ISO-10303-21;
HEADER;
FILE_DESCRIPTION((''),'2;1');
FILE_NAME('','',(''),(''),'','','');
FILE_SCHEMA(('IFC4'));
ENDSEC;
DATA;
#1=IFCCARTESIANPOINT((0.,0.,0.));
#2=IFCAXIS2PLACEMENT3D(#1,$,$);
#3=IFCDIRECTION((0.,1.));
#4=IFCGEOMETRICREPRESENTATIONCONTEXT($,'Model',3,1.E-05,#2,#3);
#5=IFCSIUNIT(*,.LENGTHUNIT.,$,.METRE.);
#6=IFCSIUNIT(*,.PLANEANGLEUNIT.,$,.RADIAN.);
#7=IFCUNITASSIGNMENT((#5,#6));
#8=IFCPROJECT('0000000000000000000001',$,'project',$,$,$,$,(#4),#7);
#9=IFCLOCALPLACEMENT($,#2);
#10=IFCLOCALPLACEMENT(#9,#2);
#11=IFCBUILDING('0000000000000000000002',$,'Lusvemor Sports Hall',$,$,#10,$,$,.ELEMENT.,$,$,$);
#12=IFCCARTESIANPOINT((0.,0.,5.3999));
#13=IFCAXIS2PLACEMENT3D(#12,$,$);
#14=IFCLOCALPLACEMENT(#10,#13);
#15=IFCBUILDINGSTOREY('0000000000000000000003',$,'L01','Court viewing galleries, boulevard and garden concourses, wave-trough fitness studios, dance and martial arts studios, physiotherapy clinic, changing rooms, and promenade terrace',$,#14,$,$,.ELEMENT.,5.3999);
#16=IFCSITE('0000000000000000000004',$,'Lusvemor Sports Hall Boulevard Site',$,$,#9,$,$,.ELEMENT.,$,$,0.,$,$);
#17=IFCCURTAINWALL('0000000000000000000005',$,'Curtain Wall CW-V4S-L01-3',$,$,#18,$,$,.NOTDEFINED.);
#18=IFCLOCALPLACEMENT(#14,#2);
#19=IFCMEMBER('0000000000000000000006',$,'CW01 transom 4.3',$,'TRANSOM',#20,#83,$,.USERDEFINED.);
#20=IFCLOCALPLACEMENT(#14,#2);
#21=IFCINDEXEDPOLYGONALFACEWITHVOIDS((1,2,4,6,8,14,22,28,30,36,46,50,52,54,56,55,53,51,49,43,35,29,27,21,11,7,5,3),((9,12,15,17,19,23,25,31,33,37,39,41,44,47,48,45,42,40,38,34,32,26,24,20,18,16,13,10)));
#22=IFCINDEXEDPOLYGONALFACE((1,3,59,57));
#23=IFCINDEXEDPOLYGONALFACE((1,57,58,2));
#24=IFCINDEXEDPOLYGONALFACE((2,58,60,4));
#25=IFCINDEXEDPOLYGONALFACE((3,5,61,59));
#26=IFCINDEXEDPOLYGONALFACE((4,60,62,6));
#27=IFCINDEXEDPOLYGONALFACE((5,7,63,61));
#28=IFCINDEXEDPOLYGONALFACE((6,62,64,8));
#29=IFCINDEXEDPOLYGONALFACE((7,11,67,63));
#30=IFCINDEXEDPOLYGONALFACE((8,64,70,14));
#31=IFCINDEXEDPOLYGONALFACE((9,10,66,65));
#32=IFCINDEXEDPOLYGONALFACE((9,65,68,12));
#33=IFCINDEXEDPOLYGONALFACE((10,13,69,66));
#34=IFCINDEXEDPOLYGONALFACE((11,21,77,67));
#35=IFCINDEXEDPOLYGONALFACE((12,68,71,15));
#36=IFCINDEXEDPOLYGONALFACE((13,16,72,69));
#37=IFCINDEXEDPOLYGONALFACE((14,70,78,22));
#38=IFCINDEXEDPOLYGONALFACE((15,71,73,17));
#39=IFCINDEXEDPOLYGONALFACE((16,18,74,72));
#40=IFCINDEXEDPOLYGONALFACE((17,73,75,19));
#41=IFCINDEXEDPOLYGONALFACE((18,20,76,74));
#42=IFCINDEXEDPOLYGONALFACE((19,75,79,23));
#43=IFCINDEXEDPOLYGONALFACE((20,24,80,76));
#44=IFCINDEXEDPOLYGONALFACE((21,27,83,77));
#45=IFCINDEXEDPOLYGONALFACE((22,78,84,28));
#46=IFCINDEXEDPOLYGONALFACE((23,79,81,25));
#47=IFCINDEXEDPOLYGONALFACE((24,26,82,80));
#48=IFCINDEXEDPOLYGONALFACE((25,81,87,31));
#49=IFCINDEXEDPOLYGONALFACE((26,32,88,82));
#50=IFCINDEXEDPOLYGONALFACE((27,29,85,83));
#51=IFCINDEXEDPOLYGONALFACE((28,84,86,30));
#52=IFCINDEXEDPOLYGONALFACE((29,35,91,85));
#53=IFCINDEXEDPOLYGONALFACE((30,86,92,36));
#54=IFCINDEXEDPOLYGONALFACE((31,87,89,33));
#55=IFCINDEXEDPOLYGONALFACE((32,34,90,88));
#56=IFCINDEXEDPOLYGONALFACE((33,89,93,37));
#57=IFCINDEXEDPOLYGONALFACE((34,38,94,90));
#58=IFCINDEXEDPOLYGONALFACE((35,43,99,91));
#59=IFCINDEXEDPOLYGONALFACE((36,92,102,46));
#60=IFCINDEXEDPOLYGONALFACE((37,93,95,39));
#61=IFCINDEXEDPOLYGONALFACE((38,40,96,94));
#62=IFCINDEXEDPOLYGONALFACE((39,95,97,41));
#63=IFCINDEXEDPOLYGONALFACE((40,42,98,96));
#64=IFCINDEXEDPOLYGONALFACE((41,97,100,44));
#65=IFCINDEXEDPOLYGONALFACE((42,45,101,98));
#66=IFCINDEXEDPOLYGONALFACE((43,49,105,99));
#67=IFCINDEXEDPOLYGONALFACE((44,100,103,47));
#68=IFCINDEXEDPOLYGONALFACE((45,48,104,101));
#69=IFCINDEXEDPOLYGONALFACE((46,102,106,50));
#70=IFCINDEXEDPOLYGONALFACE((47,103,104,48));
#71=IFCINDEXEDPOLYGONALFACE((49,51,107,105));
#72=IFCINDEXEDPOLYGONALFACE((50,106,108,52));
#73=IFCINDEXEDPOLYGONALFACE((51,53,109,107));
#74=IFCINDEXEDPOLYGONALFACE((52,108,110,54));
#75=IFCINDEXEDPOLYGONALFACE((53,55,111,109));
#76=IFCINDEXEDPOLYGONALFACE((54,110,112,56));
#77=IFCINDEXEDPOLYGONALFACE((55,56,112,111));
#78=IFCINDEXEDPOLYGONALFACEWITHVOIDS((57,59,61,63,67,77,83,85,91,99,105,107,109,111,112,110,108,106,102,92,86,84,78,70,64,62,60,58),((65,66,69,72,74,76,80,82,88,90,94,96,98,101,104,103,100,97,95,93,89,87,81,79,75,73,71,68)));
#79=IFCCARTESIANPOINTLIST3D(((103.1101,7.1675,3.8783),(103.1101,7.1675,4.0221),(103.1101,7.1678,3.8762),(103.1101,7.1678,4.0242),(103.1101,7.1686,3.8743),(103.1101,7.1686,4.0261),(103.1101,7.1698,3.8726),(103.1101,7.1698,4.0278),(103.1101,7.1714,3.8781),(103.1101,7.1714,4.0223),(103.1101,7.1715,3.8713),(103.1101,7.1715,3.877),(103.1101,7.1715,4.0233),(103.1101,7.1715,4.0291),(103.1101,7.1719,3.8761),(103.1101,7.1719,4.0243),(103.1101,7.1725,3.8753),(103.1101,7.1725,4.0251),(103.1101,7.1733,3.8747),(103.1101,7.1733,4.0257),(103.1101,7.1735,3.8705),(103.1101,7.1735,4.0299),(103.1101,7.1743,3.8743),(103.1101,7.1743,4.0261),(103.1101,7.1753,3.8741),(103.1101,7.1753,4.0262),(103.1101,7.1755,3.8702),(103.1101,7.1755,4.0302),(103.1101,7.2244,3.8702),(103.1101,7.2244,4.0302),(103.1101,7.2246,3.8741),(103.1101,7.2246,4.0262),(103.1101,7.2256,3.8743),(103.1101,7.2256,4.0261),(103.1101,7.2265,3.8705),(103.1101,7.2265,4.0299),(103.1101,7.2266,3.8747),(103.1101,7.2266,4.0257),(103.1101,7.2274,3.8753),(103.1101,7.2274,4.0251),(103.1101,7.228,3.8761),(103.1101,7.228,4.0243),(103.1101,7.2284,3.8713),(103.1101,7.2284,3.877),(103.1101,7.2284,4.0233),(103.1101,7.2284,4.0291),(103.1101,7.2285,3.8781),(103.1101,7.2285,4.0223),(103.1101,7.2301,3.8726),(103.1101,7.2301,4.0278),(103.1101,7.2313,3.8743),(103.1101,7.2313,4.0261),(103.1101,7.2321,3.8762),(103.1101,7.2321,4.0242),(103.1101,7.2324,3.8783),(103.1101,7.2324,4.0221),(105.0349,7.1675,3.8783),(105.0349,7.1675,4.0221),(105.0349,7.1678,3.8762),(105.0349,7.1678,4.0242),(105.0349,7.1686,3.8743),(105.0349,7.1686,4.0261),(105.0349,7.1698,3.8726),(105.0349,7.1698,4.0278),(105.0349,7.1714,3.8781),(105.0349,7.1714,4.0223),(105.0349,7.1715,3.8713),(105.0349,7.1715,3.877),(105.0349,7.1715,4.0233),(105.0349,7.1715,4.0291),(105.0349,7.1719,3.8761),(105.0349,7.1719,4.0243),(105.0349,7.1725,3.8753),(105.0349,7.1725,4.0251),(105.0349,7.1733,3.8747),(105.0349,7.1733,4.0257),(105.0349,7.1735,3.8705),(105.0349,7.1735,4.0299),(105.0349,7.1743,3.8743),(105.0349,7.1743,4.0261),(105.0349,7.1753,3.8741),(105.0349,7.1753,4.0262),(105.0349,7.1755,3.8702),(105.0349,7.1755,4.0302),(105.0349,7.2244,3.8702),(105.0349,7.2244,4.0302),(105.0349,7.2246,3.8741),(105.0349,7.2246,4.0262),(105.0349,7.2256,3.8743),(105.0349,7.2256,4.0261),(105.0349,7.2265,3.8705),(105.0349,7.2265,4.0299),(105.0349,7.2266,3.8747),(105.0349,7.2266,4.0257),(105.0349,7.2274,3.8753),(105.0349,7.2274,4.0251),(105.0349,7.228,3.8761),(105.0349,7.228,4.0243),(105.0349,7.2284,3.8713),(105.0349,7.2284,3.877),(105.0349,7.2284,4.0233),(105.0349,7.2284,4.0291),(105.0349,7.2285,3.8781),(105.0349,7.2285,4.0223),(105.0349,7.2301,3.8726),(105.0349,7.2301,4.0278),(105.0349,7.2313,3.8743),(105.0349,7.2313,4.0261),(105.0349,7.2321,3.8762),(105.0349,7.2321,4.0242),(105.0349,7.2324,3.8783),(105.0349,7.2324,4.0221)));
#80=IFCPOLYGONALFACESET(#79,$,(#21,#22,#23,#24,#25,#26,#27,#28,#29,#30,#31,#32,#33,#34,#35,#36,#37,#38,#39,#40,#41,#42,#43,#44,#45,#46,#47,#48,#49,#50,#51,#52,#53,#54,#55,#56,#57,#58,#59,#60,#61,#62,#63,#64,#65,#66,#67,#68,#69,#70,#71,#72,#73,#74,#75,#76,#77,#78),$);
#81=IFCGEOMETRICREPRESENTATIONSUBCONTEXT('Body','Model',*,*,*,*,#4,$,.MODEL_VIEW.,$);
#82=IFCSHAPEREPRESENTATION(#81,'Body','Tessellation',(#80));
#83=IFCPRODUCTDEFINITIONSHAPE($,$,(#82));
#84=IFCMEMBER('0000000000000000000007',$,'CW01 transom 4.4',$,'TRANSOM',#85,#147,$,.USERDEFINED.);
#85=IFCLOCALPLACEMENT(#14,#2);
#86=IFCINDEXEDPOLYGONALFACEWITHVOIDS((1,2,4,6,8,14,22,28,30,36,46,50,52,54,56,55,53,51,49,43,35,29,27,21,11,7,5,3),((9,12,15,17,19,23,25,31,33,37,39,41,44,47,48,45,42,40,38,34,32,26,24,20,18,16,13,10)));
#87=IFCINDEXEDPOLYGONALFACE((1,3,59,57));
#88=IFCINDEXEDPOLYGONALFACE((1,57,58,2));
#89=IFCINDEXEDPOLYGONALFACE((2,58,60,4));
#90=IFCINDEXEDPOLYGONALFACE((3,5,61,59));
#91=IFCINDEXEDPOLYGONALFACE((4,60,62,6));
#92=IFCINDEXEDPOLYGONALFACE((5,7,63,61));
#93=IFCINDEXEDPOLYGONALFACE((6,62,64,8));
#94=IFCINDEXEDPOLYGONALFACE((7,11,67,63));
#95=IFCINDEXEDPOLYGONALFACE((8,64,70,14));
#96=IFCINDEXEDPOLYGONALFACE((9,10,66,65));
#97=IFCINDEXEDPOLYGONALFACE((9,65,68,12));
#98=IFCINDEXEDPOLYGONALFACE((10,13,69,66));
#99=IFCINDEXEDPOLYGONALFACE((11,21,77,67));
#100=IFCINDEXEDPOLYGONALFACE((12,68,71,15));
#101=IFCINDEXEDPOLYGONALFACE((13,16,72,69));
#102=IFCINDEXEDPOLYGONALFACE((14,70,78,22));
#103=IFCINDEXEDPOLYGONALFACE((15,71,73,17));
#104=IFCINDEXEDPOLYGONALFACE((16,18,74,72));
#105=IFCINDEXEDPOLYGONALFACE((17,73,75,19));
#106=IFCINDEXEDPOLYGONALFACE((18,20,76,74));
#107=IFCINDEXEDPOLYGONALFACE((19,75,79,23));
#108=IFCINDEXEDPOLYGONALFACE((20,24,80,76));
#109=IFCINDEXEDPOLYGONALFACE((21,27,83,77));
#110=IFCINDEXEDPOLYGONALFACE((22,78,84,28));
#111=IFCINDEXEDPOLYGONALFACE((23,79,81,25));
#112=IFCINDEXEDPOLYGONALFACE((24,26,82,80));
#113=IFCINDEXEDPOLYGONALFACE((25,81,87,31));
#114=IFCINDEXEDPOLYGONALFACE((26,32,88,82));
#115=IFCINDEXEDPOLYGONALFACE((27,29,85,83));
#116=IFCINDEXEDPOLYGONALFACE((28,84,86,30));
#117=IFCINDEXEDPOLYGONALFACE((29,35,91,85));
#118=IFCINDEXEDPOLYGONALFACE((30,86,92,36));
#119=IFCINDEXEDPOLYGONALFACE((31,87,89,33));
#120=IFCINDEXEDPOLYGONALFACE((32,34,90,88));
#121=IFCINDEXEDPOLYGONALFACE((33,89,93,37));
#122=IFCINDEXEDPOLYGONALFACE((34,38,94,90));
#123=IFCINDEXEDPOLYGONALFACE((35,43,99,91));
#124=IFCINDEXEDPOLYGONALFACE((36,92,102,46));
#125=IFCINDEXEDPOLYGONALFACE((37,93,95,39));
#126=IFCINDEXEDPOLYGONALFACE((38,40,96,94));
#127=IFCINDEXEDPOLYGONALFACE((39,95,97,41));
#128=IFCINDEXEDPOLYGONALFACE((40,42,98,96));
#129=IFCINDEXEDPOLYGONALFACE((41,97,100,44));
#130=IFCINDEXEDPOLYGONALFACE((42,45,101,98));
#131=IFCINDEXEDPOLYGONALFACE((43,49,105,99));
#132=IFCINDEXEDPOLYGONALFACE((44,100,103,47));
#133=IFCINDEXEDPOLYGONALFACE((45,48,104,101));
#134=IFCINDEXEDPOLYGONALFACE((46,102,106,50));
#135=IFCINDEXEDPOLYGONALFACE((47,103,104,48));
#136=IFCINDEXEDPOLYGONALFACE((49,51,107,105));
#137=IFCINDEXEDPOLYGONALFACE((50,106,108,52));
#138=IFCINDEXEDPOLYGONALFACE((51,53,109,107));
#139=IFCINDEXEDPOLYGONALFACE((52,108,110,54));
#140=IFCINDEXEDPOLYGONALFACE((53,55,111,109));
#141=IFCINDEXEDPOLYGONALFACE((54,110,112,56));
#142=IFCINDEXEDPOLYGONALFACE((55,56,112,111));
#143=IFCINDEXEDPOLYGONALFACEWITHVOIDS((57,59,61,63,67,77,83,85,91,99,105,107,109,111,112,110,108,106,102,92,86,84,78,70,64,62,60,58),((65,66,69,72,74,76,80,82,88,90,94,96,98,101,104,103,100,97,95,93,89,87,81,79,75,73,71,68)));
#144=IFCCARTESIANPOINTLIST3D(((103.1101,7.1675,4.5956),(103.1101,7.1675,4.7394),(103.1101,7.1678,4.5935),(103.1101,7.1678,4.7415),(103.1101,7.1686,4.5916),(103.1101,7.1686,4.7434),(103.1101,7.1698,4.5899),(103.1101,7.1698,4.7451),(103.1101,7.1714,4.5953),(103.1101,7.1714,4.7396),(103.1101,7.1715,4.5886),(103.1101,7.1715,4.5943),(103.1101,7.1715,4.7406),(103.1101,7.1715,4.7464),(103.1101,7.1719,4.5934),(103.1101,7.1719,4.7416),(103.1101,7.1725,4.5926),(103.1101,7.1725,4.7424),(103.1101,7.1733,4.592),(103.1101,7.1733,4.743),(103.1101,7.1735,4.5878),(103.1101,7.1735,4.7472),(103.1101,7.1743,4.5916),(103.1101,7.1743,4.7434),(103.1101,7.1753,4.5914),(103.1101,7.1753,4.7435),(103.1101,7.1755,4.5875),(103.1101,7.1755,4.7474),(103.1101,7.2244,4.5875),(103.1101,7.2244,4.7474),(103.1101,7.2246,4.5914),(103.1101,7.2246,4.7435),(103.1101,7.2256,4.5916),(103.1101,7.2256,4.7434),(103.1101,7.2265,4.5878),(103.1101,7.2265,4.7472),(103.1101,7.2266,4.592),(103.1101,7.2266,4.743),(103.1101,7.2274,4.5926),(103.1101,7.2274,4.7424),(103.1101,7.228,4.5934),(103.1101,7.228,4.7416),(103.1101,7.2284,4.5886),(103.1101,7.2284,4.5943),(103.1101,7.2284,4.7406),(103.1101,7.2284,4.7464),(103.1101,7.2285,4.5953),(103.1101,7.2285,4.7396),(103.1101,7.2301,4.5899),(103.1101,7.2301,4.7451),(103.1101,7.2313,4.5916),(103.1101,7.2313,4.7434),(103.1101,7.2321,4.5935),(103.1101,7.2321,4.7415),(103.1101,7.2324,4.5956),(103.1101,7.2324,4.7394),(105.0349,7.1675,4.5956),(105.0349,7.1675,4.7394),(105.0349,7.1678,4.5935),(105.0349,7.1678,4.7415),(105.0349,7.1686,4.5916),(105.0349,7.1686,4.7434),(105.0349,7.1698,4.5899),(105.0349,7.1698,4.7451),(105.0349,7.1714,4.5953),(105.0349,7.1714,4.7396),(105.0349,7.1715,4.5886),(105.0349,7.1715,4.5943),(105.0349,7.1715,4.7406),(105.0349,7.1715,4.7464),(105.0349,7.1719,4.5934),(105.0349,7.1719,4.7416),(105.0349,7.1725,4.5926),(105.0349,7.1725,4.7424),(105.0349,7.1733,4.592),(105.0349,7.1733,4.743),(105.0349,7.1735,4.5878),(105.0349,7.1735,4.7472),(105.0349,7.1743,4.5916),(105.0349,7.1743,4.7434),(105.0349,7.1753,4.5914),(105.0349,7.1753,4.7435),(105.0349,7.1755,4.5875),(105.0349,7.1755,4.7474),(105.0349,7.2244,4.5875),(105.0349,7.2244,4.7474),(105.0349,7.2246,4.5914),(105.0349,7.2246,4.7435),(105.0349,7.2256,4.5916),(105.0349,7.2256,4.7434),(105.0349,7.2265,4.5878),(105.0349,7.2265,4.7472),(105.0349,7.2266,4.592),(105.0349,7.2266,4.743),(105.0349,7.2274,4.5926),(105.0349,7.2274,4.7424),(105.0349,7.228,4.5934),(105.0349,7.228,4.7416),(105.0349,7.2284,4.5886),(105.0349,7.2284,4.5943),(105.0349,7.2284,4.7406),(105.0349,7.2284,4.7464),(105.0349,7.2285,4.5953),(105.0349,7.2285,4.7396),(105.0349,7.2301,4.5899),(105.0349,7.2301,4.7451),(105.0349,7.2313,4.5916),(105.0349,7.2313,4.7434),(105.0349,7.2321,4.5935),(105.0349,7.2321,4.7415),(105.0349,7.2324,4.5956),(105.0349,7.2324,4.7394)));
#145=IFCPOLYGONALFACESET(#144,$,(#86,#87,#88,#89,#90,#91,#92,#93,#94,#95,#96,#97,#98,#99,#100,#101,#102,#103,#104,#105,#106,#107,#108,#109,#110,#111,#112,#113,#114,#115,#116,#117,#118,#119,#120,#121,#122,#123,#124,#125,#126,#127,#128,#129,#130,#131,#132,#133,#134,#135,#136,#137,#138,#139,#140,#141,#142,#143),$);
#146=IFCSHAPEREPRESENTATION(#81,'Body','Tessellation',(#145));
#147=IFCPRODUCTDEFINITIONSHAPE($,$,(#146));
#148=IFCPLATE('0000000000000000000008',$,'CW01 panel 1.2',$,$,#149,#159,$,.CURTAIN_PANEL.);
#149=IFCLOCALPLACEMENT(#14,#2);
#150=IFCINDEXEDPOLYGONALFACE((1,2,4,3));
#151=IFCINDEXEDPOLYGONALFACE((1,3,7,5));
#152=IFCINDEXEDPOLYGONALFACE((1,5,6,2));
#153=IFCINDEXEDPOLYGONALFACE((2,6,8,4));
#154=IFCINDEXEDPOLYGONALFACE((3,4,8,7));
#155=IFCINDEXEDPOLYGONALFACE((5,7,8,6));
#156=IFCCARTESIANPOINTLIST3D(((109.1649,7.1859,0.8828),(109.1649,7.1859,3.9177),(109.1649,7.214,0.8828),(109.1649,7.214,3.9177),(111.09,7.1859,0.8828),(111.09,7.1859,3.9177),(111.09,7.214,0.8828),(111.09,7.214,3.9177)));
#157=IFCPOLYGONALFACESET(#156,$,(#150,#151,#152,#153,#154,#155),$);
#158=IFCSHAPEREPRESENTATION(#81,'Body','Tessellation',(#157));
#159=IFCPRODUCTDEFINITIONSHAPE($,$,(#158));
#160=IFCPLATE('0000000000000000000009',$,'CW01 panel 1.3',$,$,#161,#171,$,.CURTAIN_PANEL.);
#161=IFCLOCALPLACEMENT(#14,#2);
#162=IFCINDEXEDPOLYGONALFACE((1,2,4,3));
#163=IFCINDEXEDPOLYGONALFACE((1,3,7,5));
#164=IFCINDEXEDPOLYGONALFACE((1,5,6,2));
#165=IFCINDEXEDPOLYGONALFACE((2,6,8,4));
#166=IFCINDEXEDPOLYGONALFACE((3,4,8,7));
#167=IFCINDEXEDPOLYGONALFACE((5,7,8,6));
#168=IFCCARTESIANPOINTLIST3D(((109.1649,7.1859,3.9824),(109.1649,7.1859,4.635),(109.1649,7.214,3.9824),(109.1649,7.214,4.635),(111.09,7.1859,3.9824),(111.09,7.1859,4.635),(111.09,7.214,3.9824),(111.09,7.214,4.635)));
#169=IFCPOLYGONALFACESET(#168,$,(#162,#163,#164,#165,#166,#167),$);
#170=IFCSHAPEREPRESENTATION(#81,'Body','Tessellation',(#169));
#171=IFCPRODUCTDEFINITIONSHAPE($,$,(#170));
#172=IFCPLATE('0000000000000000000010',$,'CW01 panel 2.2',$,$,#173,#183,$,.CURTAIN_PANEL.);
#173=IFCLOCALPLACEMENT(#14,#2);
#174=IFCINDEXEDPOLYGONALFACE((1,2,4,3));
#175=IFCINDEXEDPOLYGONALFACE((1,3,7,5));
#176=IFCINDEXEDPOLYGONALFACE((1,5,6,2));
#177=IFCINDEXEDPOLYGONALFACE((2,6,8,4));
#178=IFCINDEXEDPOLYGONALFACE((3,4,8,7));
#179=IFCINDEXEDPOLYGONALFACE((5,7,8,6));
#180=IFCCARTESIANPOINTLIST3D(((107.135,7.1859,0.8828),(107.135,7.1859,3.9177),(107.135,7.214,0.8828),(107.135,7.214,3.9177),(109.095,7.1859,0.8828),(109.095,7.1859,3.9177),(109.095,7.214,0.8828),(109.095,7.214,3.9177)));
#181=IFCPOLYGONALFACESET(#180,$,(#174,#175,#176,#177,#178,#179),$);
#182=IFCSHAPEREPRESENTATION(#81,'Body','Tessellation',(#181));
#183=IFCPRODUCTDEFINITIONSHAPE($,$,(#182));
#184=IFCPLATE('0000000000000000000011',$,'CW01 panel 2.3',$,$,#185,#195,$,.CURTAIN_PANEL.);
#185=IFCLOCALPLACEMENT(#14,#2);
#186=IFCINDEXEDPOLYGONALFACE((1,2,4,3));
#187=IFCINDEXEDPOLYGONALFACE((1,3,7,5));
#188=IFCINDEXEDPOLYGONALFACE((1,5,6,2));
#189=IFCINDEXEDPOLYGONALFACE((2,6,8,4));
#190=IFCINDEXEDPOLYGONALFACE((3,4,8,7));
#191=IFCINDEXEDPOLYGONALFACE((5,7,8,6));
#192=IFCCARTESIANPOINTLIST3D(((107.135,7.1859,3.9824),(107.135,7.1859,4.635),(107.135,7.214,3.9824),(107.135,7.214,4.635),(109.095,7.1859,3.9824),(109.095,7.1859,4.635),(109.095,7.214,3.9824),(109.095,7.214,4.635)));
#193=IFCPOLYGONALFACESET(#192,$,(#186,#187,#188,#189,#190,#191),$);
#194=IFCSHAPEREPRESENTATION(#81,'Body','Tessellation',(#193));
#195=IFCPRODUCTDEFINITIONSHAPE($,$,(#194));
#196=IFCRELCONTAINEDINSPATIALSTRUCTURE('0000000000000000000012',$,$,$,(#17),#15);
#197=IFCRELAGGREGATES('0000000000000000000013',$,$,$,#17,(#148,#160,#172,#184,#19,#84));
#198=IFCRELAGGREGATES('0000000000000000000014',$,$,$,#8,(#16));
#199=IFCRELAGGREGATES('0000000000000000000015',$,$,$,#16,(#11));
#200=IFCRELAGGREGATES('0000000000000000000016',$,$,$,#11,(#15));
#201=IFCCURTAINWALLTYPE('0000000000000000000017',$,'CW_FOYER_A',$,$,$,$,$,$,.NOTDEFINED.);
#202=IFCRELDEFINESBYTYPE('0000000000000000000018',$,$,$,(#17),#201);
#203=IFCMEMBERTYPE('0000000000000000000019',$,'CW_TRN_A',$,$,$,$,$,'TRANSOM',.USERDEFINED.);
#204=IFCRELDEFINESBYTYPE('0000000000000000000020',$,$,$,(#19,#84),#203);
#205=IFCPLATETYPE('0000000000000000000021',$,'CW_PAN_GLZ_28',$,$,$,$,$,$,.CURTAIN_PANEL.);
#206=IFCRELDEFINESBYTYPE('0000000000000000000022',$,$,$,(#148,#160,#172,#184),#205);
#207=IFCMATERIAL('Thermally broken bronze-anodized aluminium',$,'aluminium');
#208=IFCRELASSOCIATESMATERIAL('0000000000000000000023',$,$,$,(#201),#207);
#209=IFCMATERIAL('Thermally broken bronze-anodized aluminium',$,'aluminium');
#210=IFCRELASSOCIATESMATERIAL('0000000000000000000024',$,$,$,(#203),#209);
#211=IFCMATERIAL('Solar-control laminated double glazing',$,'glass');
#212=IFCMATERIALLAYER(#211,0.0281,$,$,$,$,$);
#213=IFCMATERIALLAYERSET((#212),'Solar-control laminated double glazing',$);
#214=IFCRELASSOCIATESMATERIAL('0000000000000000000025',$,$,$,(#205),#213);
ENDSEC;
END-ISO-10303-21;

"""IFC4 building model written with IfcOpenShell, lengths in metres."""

from ifc_helpers import new_model, si_unit, direction, frame, origin, origin_2d, place, context, subcontext, project, spatial, rectangle, hollow_rectangle, extrude, material, layer, layer_set, material_profile, profile_set, type_object, element, aggregate, save


model = new_model("IFC4")

# Units and contexts
model_context = context("Model", 3, precision=1e-05, world=origin(), true_north=direction((0.0, 1.0)))
body_context = subcontext(model_context, "Body", "Model", "MODEL_VIEW")
ifc_project = project(units=[si_unit("LENGTHUNIT", "METRE"), si_unit("PLANEANGLEUNIT", "RADIAN")], contexts=[model_context])

# Site, building, storey
site_placement = place(None, origin())
site = spatial("IfcSite", under=ifc_project, at=site_placement, Name="Lusvemor Sports Hall Boulevard Site", CompositionType="ELEMENT", RefElevation=0.0)
building_placement = place(site_placement, origin())
building = spatial("IfcBuilding", under=site, at=building_placement, Name="Lusvemor Sports Hall", CompositionType="ELEMENT")
storey_placement = place(building_placement, frame((0.0, 0.0, 5.3999)))
storey = spatial("IfcBuildingStorey", under=building, at=storey_placement, Name="L01", Description="Court viewing galleries, boulevard and garden concourses, wave-trough fitness studios, dance and martial arts studios, physiotherapy clinic, changing rooms, and promenade terrace", CompositionType="ELEMENT", Elevation=5.3999)

# Curtain wall, members, plates
ifc_material_1 = material(Name="Thermally broken bronze-anodized aluminium", Category="aluminium")
curtain_wall_type = type_object("IfcCurtainWallType", Name="CW_FOYER_A", PredefinedType="NOTDEFINED", material=ifc_material_1)
curtain_wall_placement = place(storey_placement, origin())
curtain_wall = element("IfcCurtainWall", 1, at=curtain_wall_placement, inside=storey, type_object=curtain_wall_type, Name="Curtain Wall CW-V4S-L01-3", PredefinedType="NOTDEFINED")
ifc_material_2 = material(Name="Thermally broken bronze-anodized aluminium", Category="aluminium")
ifc_material_profile_1 = material_profile(ifc_material_2, hollow_rectangle(XDim=0.0649, YDim=0.1599, WallThickness=0.0039, InnerFilletRadius=0.0039, OuterFilletRadius=0.0081, at=origin_2d()), Name="CWTRN160x65x4")
ifc_profile_set_1 = profile_set([ifc_material_profile_1], Name="Thermally broken bronze-anodized aluminium")
member_type_1 = type_object("IfcMemberType", Name="CW_TRN_A", ElementType="TRANSOM", PredefinedType="USERDEFINED", material=ifc_profile_set_1)
member_1_placement = place(storey_placement, frame((105.0349, 7.2, 3.9502), z_axis=(-1.0, 0.0, 0.0), x_axis=(0.0, -1.0, 0.0)))
member_1 = element("IfcMember", 2, at=member_1_placement, type_object=member_type_1, Name="CW01 transom 4.3", ObjectType="TRANSOM", PredefinedType="USERDEFINED", context=body_context, shape_type="SweptSolid", body=[
    extrude(hollow_rectangle(XDim=0.0649, YDim=0.1599, WallThickness=0.0039, InnerFilletRadius=0.0039, OuterFilletRadius=0.0081, at=origin_2d()), origin(), (0.0, 0.0, 1.0), 1.9248),
])
member_2_placement = place(storey_placement, frame((105.0349, 7.2, 4.6675), z_axis=(-1.0, 0.0, 0.0), x_axis=(0.0, -1.0, 0.0)))
member_2 = element("IfcMember", 3, at=member_2_placement, type_object=member_type_1, Name="CW01 transom 4.4", ObjectType="TRANSOM", PredefinedType="USERDEFINED", context=body_context, shape_type="SweptSolid", body=[
    extrude(hollow_rectangle(XDim=0.0649, YDim=0.1599, WallThickness=0.0039, InnerFilletRadius=0.0039, OuterFilletRadius=0.0081, at=origin_2d()), origin(), (0.0, 0.0, 1.0), 1.9248),
])
ifc_material_3 = material(Name="Solar-control laminated double glazing", Category="glass")
ifc_layer_1 = layer(ifc_material_3, 0.0281)
ifc_layer_set_1 = layer_set([ifc_layer_1], Name="Solar-control laminated double glazing")
plate_type_1 = type_object("IfcPlateType", Name="CW_PAN_GLZ_28", PredefinedType="CURTAIN_PANEL", material=ifc_layer_set_1)
plate_1_placement = place(storey_placement, frame((110.1274, 7.2, 0.8828), z_axis=(0.0, 0.0, 1.0), x_axis=(-1.0, 0.0, 0.0)))
plate_1 = element("IfcPlate", 4, at=plate_1_placement, type_object=plate_type_1, Name="CW01 panel 1.2", PredefinedType="CURTAIN_PANEL", context=body_context, shape_type="SweptSolid", body=[
    extrude(rectangle(XDim=1.925, YDim=0.0281, at=origin_2d()), origin(), (0.0, 0.0, 1.0), 3.0349),
])
plate_2_placement = place(storey_placement, frame((110.1274, 7.2, 3.9824), z_axis=(0.0, 0.0, 1.0), x_axis=(-1.0, 0.0, 0.0)))
plate_2 = element("IfcPlate", 5, at=plate_2_placement, type_object=plate_type_1, Name="CW01 panel 1.3", PredefinedType="CURTAIN_PANEL", context=body_context, shape_type="SweptSolid", body=[
    extrude(rectangle(XDim=1.925, YDim=0.0281, at=origin_2d()), origin(), (0.0, 0.0, 1.0), 0.6526),
])
plate_3_placement = place(storey_placement, frame((108.115, 7.2, 0.8828), z_axis=(0.0, 0.0, 1.0), x_axis=(-1.0, 0.0, 0.0)))
plate_3 = element("IfcPlate", 6, at=plate_3_placement, type_object=plate_type_1, Name="CW01 panel 2.2", PredefinedType="CURTAIN_PANEL", context=body_context, shape_type="SweptSolid", body=[
    extrude(rectangle(XDim=1.96, YDim=0.0281, at=origin_2d()), origin(), (0.0, 0.0, 1.0), 3.0349),
])
plate_4_placement = place(storey_placement, frame((108.115, 7.2, 3.9824), z_axis=(0.0, 0.0, 1.0), x_axis=(-1.0, 0.0, 0.0)))
plate_4 = element("IfcPlate", 7, at=plate_4_placement, type_object=plate_type_1, Name="CW01 panel 2.3", PredefinedType="CURTAIN_PANEL", context=body_context, shape_type="SweptSolid", body=[
    extrude(rectangle(XDim=1.96, YDim=0.0281, at=origin_2d()), origin(), (0.0, 0.0, 1.0), 0.6526),
])
aggregate(curtain_wall, [plate_1, plate_2, plate_3, plate_4, member_1, member_2])

save(model, "model.ifc")
